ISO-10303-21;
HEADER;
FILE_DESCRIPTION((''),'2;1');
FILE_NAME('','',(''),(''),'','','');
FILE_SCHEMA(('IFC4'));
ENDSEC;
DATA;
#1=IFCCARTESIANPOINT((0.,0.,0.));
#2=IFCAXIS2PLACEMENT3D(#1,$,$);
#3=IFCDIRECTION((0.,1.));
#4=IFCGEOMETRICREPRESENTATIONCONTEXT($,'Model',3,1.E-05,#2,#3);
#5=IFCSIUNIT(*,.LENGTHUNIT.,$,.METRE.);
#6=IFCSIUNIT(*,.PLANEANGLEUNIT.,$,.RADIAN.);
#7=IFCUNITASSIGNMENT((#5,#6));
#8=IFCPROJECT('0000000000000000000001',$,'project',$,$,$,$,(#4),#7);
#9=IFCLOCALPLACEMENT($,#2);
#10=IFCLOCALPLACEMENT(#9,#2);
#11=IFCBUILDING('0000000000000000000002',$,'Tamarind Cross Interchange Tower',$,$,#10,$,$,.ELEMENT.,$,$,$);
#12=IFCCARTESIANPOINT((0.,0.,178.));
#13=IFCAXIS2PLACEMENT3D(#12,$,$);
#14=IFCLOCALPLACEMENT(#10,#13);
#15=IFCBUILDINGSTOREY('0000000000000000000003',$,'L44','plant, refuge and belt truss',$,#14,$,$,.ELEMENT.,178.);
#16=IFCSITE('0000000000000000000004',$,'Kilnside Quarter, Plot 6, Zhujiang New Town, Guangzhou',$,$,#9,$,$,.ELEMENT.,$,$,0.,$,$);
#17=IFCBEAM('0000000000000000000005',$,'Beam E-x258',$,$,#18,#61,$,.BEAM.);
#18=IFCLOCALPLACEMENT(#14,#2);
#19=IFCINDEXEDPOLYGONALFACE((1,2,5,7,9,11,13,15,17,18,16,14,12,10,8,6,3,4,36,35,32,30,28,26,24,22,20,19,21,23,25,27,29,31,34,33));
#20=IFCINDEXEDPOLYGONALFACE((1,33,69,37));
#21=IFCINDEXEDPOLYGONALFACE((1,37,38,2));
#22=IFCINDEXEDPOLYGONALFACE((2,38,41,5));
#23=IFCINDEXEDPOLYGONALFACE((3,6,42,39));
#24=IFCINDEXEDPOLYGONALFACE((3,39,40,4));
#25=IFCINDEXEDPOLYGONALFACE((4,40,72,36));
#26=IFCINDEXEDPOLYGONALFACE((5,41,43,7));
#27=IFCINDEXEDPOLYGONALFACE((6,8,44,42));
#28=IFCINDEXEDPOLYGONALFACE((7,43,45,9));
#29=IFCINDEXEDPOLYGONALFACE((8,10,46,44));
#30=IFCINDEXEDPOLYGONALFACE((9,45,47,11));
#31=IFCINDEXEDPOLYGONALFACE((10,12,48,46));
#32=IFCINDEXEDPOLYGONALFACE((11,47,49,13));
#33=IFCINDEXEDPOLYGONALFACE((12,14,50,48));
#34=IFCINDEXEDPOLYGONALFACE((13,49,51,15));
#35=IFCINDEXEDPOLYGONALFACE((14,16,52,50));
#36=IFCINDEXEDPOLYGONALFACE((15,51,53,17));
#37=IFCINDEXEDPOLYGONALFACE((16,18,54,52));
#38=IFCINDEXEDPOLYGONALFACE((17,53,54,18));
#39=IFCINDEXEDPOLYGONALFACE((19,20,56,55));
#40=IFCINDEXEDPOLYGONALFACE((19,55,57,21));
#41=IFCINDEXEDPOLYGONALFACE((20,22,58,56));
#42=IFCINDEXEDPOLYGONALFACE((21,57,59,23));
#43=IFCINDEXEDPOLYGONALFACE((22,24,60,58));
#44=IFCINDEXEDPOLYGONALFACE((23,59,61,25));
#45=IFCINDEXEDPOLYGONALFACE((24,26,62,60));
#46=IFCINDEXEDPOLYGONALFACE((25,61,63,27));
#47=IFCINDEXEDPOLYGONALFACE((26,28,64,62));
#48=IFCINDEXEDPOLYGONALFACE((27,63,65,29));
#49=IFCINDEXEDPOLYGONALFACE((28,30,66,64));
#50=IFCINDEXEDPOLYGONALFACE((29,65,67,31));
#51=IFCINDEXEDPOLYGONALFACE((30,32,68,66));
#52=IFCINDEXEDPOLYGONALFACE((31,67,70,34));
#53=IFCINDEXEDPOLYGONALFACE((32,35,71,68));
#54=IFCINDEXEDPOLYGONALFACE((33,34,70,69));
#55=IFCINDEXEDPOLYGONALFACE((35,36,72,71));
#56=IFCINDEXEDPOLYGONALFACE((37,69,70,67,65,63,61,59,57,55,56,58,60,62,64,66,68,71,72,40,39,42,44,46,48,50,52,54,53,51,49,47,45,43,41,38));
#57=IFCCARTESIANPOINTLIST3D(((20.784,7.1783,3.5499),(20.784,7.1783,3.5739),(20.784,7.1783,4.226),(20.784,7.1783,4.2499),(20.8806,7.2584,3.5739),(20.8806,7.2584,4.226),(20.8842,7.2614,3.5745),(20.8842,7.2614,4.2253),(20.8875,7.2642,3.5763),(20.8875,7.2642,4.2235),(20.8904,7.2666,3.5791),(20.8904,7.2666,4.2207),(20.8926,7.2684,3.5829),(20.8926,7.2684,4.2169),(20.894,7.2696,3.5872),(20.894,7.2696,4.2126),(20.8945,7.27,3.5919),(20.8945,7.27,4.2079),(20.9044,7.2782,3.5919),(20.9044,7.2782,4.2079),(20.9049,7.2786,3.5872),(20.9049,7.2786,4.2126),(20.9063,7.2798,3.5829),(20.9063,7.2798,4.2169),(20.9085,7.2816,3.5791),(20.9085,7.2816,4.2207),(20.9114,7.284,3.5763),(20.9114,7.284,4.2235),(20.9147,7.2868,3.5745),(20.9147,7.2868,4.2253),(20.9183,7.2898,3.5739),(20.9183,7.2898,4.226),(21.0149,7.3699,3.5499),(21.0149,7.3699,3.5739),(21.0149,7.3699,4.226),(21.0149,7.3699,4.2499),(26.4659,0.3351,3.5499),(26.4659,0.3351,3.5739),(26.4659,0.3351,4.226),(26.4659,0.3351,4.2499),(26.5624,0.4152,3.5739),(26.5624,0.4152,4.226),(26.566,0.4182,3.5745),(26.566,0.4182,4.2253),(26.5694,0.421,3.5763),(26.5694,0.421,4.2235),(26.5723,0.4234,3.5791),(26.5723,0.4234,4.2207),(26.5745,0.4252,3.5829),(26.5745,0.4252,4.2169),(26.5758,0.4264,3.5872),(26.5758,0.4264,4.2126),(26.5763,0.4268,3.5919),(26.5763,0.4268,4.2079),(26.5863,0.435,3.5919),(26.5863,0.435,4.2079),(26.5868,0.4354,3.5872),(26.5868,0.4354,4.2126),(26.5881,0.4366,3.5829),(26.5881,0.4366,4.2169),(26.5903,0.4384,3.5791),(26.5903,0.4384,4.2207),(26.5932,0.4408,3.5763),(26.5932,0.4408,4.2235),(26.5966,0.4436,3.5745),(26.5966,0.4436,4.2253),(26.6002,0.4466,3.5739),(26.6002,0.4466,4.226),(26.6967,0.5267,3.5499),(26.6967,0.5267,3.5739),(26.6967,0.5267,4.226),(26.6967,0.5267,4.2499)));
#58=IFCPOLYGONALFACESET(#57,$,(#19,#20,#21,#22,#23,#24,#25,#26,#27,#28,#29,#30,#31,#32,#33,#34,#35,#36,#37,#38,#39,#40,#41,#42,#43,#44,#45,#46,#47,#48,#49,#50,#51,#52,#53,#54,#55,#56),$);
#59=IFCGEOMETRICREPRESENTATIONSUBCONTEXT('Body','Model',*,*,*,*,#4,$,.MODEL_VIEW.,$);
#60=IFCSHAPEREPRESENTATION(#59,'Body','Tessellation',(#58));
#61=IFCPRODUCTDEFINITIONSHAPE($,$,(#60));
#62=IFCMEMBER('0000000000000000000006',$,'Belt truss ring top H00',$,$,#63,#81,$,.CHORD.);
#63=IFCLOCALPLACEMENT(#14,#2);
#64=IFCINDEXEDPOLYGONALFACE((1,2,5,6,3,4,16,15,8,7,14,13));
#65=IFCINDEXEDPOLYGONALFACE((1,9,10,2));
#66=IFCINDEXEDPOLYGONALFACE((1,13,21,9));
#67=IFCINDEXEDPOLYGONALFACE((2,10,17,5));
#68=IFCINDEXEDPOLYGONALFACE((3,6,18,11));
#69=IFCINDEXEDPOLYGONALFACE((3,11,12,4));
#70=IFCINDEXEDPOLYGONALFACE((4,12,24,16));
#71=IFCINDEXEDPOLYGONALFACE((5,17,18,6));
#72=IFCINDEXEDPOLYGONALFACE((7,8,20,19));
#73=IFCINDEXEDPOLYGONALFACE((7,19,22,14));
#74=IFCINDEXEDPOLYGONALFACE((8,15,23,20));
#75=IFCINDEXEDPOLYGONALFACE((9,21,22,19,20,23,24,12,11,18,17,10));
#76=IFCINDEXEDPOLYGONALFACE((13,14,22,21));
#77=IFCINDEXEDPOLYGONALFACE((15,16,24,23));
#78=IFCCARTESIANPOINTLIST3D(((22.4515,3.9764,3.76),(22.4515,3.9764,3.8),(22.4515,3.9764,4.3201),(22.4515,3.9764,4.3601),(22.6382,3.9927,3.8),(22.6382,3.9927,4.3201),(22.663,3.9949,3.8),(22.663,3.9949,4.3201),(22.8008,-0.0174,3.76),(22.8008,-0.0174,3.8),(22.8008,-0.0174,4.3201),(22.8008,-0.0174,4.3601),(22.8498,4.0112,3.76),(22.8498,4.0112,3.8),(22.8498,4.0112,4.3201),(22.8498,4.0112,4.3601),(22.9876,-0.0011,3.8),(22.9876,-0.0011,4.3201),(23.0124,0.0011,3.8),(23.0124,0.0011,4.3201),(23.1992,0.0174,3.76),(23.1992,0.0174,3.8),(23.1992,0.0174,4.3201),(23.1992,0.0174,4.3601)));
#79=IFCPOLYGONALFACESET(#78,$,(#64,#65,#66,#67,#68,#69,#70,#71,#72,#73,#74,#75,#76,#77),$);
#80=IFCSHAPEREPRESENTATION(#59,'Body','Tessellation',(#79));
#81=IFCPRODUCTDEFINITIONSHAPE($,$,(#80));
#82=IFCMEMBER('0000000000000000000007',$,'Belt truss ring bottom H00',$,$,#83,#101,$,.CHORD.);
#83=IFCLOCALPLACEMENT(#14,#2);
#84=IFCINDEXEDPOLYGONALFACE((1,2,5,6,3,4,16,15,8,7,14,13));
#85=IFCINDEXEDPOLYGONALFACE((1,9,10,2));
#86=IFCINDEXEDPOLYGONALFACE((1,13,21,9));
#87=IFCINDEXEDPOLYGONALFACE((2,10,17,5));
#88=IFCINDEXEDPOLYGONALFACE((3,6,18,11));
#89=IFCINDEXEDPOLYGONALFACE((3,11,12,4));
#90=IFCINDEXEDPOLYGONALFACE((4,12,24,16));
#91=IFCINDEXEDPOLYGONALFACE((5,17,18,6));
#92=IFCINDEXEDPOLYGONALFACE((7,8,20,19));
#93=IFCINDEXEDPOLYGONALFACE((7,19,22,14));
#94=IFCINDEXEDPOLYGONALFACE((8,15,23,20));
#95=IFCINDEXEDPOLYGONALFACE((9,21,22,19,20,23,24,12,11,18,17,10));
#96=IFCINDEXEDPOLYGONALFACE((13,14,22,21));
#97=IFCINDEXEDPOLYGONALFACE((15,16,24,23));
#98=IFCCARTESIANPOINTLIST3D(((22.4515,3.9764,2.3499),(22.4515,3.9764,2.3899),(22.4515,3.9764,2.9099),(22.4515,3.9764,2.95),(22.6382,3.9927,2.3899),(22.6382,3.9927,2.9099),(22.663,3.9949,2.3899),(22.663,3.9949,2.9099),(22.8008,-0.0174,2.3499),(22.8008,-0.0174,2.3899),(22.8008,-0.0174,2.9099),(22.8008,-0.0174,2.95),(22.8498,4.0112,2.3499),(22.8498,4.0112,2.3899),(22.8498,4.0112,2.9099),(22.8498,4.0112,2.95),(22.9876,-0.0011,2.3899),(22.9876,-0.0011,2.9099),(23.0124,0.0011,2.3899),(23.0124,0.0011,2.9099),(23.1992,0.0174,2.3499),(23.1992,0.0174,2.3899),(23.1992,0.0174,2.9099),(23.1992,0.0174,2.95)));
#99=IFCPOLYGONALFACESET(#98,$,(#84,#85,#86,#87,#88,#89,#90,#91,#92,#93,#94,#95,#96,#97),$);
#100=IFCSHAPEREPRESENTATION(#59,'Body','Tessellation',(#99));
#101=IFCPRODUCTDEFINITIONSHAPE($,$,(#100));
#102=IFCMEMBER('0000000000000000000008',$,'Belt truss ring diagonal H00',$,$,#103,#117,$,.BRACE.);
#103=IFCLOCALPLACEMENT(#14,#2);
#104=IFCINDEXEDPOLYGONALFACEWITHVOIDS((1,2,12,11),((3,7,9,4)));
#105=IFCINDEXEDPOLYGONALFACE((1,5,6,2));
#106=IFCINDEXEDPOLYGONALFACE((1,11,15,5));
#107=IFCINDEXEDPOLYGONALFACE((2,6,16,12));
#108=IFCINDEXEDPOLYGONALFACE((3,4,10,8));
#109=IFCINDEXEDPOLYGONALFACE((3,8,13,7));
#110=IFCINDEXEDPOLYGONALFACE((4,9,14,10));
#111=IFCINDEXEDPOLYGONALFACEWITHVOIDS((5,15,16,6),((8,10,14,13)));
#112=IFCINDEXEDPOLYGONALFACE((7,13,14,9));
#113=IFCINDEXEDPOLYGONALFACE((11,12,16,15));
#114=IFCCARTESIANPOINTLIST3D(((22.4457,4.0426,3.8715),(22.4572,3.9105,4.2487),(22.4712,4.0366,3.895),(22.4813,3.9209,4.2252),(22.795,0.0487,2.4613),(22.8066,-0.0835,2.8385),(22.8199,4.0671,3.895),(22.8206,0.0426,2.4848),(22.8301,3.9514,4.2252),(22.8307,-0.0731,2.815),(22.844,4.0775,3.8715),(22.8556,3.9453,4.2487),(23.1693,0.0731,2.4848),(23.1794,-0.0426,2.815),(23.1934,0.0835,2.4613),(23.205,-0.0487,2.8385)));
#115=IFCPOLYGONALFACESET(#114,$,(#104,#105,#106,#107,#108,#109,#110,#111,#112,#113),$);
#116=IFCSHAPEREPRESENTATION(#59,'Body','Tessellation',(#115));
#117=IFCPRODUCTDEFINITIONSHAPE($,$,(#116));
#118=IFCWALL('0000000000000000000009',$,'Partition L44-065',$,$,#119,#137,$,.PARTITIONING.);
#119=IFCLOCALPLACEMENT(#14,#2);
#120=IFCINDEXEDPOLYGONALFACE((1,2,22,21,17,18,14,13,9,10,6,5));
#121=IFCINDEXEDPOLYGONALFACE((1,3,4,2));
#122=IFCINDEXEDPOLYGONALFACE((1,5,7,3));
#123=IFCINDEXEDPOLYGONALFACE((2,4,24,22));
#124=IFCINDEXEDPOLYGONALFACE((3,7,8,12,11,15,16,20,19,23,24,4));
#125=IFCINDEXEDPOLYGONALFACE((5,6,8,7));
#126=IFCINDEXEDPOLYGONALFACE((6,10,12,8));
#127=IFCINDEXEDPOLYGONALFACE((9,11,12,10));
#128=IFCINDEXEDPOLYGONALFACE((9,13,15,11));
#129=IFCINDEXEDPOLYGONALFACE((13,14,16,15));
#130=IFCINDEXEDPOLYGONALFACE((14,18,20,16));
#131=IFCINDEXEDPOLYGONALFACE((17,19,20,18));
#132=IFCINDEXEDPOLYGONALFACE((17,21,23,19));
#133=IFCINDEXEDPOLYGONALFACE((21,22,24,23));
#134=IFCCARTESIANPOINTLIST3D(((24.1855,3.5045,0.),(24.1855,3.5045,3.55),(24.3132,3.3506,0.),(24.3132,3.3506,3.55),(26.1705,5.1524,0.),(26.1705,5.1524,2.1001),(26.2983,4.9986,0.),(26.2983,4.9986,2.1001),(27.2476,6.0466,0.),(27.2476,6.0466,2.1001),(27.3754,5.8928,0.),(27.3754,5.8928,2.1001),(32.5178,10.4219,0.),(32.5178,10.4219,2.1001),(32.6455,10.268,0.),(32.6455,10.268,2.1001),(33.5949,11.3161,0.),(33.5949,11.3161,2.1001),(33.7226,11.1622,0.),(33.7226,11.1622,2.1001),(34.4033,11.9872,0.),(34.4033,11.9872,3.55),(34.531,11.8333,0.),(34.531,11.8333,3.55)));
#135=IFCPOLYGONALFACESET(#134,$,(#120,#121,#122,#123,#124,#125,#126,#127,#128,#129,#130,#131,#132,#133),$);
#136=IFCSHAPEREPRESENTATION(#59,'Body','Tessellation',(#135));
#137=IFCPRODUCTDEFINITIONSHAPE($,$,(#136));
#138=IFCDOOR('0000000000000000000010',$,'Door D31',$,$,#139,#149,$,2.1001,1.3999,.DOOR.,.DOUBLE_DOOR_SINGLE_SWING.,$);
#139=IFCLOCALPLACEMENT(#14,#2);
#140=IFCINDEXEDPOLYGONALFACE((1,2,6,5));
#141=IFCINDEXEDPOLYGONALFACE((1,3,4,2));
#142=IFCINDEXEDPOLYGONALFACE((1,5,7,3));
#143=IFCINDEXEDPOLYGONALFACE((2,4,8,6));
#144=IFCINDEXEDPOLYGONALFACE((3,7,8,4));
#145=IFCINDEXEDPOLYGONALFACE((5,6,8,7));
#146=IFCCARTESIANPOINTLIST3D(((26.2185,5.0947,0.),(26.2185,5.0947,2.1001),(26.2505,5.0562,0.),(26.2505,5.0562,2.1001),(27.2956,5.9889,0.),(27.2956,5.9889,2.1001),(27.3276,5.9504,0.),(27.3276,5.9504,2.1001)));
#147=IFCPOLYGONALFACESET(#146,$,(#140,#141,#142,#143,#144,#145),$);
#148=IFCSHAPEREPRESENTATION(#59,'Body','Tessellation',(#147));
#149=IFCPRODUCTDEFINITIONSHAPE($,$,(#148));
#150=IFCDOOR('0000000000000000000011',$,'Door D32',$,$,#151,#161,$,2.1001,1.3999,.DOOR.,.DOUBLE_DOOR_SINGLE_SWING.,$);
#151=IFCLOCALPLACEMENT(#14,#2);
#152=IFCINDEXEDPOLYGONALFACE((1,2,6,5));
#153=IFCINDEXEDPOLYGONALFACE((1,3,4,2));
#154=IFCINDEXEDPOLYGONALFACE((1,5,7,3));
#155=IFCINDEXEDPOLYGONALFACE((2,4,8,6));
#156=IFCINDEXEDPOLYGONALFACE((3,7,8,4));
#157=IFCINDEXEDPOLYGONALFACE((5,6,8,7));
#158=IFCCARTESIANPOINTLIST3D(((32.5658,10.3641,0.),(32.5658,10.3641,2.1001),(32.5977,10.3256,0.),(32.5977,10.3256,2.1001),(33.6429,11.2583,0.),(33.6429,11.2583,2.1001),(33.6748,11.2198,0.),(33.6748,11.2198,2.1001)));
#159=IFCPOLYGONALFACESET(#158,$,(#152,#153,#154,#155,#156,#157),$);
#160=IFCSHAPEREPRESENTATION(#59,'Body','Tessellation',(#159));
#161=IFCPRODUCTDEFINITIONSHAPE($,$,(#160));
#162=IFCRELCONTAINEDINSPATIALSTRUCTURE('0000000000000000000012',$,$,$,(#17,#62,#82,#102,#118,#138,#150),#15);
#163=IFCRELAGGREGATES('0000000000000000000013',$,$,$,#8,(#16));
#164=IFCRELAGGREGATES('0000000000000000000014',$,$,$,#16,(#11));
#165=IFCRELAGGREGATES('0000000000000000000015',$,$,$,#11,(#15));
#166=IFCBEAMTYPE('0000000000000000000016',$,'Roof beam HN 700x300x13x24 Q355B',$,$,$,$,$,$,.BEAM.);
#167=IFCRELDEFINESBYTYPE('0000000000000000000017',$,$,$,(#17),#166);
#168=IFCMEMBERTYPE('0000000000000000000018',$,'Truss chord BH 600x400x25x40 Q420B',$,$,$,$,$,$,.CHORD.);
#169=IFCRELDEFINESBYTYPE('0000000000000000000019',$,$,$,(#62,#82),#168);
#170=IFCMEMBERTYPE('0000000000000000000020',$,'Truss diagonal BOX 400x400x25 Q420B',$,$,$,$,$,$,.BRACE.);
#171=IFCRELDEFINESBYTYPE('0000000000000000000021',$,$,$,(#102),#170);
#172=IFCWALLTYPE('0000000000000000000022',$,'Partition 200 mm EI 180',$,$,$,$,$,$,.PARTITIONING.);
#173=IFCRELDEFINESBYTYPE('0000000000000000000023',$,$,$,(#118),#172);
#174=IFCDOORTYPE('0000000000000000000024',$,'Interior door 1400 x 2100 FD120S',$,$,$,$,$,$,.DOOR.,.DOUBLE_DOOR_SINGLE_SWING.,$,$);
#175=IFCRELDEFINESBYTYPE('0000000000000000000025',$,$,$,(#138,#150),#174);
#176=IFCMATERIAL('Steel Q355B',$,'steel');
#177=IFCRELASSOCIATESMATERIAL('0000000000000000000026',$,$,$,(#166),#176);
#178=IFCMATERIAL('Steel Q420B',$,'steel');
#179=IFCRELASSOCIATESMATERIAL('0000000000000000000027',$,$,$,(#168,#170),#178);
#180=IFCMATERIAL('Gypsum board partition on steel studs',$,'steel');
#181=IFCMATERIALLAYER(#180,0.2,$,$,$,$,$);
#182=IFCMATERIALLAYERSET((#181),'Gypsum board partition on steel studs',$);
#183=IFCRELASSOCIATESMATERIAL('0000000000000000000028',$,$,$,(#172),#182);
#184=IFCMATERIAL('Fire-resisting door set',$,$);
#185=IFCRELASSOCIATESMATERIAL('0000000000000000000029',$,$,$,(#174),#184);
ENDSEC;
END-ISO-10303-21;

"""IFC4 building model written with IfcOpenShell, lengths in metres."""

from ifc_helpers import new_model, si_unit, direction, frame, frame_2d, origin, origin_2d, place, context, subcontext, project, spatial, rectangle, hollow_rectangle, i_section, extrude, material, layer, layer_set, material_profile, profile_set, type_object, element, fill, save


model = new_model("IFC4")

# Units and contexts
model_context = context("Model", 3, precision=1e-05, world=origin(), true_north=direction((0.0, 1.0)))
body_context = subcontext(model_context, "Body", "Model", "MODEL_VIEW")
ifc_project = project(units=[si_unit("LENGTHUNIT", "METRE"), si_unit("PLANEANGLEUNIT", "RADIAN")], contexts=[model_context])

# Site, building, storey
site_placement = place(None, origin())
site = spatial("IfcSite", under=ifc_project, at=site_placement, Name="Kilnside Quarter, Plot 6, Zhujiang New Town, Guangzhou", CompositionType="ELEMENT", RefElevation=0.0)
building_placement = place(site_placement, origin())
building = spatial("IfcBuilding", under=site, at=building_placement, Name="Tamarind Cross Interchange Tower", CompositionType="ELEMENT")
storey_placement = place(building_placement, frame((0.0, 0.0, 178.0)))
storey = spatial("IfcBuildingStorey", under=building, at=storey_placement, Name="L44", Description="plant, refuge and belt truss", CompositionType="ELEMENT", Elevation=178.0)

# Beam
ifc_material_1 = material(Name="Steel Q355B", Category="steel")
ifc_material_profile_1 = material_profile(ifc_material_1, i_section(OverallWidth=0.3, OverallDepth=0.7, WebThickness=0.0129, FlangeThickness=0.0239, FilletRadius=0.0181, at=origin_2d()), Name="HN 700x300x13x24")
ifc_profile_set_1 = profile_set([ifc_material_profile_1], Name="Steel Q355B")
beam_type_1 = type_object("IfcBeamType", Name="Roof beam HN 700x300x13x24 Q355B", PredefinedType="BEAM", material=ifc_profile_set_1)
beam_1_placement = place(storey_placement, frame((26.5813, 0.4309, 3.8999), z_axis=(-0.638801, 0.769372, 0.0), x_axis=(-0.769372, -0.638801, 0.0)))
element("IfcBeam", 1, at=beam_1_placement, inside=storey, type_object=beam_type_1, Name="Beam E-x258", PredefinedType="BEAM", context=body_context, shape_type="SweptSolid", body=[
    extrude(i_section(OverallWidth=0.3, OverallDepth=0.7, WebThickness=0.0129, FlangeThickness=0.0239, FilletRadius=0.0181, at=origin_2d()), origin(), (0.0, 0.0, 1.0), 8.8945),
])

# Members
ifc_material_2 = material(Name="Steel Q420B", Category="steel")
ifc_material_profile_2 = material_profile(ifc_material_2, i_section(OverallWidth=0.3999, OverallDepth=0.6001, WebThickness=0.0249, FlangeThickness=0.04, at=origin_2d()), Name="BH 600x400x25x40")
ifc_profile_set_2 = profile_set([ifc_material_profile_2], Name="Steel Q420B")
member_type_1 = type_object("IfcMemberType", Name="Truss chord BH 600x400x25x40 Q420B", PredefinedType="CHORD", material=ifc_profile_set_2)
for number, where, z_axis, x_axis, name in (
    (2, (23.0, 0.0, 4.0601), (-0.087142, 0.996196, 0.0), (-0.996196, -0.087142, 0.0), "Belt truss ring top H00"),
    (3, (23.0, 0.0, 2.6499), (-0.087142, 0.996196, 0.0), (-0.996196, -0.087142, 0.0), "Belt truss ring bottom H00"),
):
    element("IfcMember", number, at=place(storey_placement, frame(where, z_axis=z_axis, x_axis=x_axis)), inside=storey, type_object=member_type_1, Name=name, PredefinedType="CHORD", context=body_context, shape_type="SweptSolid", body=[
        extrude(i_section(OverallWidth=0.3999, OverallDepth=0.6001, WebThickness=0.0249, FlangeThickness=0.04, at=origin_2d()), origin(), (0.0, 0.0, 1.0), 4.009),
    ])
ifc_material_profile_3 = material_profile(ifc_material_2, hollow_rectangle(XDim=0.3999, YDim=0.3999, WallThickness=0.0249, at=origin_2d()), Name="BOX 400x400x25")
ifc_profile_set_3 = profile_set([ifc_material_profile_3], Name="Steel Q420B")
member_type_2 = type_object("IfcMemberType", Name="Truss diagonal BOX 400x400x25 Q420B", PredefinedType="BRACE", material=ifc_profile_set_3)
member_placement = place(storey_placement, frame((23.0, 0.0, 2.6499), z_axis=(-0.082205, 0.939758, 0.331808), x_axis=(-0.996196, -0.087142, 0.0)))
element("IfcMember", 4, at=member_placement, inside=storey, type_object=member_type_2, Name="Belt truss ring diagonal H00", PredefinedType="BRACE", context=body_context, shape_type="SweptSolid", body=[
    extrude(hollow_rectangle(XDim=0.3999, YDim=0.3999, WallThickness=0.0249, at=origin_2d()), origin(), (0.0, 0.0, 1.0), 4.25),
])

# Wall, openings, doors
ifc_material_3 = material(Name="Gypsum board partition on steel studs", Category="steel")
ifc_layer_1 = layer(ifc_material_3, 0.2)
ifc_layer_set_1 = layer_set([ifc_layer_1], Name="Gypsum board partition on steel studs")
wall_type_1 = type_object("IfcWallType", Name="Partition 200 mm EI 180", PredefinedType="PARTITIONING", material=ifc_layer_set_1)
wall_1_placement = place(storey_placement, frame((24.2493, 3.4275, 0.0), z_axis=(0.0, 0.0, 1.0), x_axis=(0.76941, 0.638755, 0.0)))
wall_1 = element("IfcWall", 5, at=wall_1_placement, inside=storey, type_object=wall_type_1, Name="Partition L44-065", PredefinedType="PARTITIONING", context=body_context, shape_type="SweptSolid", body=[
    extrude(rectangle(XDim=13.28, YDim=0.2, at=frame_2d((6.6401, 0.0))), origin(), (0.0, 0.0, 1.0), 3.55),
])
opening_1_placement = place(wall_1_placement, frame((2.5801, 0.0, 0.0)))
opening_1 = element("IfcOpeningElement", 6, at=opening_1_placement, cuts=wall_1, PredefinedType="OPENING", context=body_context, shape_type="SweptSolid", body=[
    extrude(rectangle(XDim=1.3999, YDim=2.1001, at=frame_2d((0.7, 1.05))), frame((0.0, 0.1099, 0.0), z_axis=(0.0, -1.0, 0.0), x_axis=(1.0, 0.0, 0.0)), (0.0, 0.0, 1.0), 0.22),
])
opening_2_placement = place(wall_1_placement, frame((10.8296, 0.0, 0.0)))
opening_2 = element("IfcOpeningElement", 7, at=opening_2_placement, cuts=wall_1, PredefinedType="OPENING", context=body_context, shape_type="SweptSolid", body=[
    extrude(rectangle(XDim=1.3999, YDim=2.1001, at=frame_2d((0.7, 1.05))), frame((0.0, 0.1099, 0.0), z_axis=(0.0, -1.0, 0.0), x_axis=(1.0, 0.0, 0.0)), (0.0, 0.0, 1.0), 0.22),
])
ifc_material_4 = material(Name="Fire-resisting door set")
door_type_1 = type_object("IfcDoorType", Name="Interior door 1400 x 2100 FD120S", OperationType="DOUBLE_DOOR_SINGLE_SWING", PredefinedType="DOOR", material=ifc_material_4)
door_1_placement = place(opening_1_placement, origin())
door_1 = element("IfcDoor", 8, at=door_1_placement, inside=storey, type_object=door_type_1, Name="Door D31", OperationType="DOUBLE_DOOR_SINGLE_SWING", OverallHeight=2.1001, OverallWidth=1.3999, PredefinedType="DOOR", context=body_context, shape_type="SweptSolid", body=[
    extrude(rectangle(XDim=1.3999, YDim=2.1001, at=frame_2d((0.7, 1.05))), frame((0.0, 0.0249, 0.0), z_axis=(0.0, -1.0, 0.0), x_axis=(1.0, 0.0, 0.0)), (0.0, 0.0, 1.0), 0.05),
])
fill(opening_1, door_1)
door_2_placement = place(opening_2_placement, origin())
door_2 = element("IfcDoor", 9, at=door_2_placement, inside=storey, type_object=door_type_1, Name="Door D32", OperationType="DOUBLE_DOOR_SINGLE_SWING", OverallHeight=2.1001, OverallWidth=1.3999, PredefinedType="DOOR", context=body_context, shape_type="SweptSolid", body=[
    extrude(rectangle(XDim=1.3999, YDim=2.1001, at=frame_2d((0.7, 1.05))), frame((0.0, 0.0249, 0.0), z_axis=(0.0, -1.0, 0.0), x_axis=(1.0, 0.0, 0.0)), (0.0, 0.0, 1.0), 0.05),
])
fill(opening_2, door_2)

save(model, "model.ifc")
